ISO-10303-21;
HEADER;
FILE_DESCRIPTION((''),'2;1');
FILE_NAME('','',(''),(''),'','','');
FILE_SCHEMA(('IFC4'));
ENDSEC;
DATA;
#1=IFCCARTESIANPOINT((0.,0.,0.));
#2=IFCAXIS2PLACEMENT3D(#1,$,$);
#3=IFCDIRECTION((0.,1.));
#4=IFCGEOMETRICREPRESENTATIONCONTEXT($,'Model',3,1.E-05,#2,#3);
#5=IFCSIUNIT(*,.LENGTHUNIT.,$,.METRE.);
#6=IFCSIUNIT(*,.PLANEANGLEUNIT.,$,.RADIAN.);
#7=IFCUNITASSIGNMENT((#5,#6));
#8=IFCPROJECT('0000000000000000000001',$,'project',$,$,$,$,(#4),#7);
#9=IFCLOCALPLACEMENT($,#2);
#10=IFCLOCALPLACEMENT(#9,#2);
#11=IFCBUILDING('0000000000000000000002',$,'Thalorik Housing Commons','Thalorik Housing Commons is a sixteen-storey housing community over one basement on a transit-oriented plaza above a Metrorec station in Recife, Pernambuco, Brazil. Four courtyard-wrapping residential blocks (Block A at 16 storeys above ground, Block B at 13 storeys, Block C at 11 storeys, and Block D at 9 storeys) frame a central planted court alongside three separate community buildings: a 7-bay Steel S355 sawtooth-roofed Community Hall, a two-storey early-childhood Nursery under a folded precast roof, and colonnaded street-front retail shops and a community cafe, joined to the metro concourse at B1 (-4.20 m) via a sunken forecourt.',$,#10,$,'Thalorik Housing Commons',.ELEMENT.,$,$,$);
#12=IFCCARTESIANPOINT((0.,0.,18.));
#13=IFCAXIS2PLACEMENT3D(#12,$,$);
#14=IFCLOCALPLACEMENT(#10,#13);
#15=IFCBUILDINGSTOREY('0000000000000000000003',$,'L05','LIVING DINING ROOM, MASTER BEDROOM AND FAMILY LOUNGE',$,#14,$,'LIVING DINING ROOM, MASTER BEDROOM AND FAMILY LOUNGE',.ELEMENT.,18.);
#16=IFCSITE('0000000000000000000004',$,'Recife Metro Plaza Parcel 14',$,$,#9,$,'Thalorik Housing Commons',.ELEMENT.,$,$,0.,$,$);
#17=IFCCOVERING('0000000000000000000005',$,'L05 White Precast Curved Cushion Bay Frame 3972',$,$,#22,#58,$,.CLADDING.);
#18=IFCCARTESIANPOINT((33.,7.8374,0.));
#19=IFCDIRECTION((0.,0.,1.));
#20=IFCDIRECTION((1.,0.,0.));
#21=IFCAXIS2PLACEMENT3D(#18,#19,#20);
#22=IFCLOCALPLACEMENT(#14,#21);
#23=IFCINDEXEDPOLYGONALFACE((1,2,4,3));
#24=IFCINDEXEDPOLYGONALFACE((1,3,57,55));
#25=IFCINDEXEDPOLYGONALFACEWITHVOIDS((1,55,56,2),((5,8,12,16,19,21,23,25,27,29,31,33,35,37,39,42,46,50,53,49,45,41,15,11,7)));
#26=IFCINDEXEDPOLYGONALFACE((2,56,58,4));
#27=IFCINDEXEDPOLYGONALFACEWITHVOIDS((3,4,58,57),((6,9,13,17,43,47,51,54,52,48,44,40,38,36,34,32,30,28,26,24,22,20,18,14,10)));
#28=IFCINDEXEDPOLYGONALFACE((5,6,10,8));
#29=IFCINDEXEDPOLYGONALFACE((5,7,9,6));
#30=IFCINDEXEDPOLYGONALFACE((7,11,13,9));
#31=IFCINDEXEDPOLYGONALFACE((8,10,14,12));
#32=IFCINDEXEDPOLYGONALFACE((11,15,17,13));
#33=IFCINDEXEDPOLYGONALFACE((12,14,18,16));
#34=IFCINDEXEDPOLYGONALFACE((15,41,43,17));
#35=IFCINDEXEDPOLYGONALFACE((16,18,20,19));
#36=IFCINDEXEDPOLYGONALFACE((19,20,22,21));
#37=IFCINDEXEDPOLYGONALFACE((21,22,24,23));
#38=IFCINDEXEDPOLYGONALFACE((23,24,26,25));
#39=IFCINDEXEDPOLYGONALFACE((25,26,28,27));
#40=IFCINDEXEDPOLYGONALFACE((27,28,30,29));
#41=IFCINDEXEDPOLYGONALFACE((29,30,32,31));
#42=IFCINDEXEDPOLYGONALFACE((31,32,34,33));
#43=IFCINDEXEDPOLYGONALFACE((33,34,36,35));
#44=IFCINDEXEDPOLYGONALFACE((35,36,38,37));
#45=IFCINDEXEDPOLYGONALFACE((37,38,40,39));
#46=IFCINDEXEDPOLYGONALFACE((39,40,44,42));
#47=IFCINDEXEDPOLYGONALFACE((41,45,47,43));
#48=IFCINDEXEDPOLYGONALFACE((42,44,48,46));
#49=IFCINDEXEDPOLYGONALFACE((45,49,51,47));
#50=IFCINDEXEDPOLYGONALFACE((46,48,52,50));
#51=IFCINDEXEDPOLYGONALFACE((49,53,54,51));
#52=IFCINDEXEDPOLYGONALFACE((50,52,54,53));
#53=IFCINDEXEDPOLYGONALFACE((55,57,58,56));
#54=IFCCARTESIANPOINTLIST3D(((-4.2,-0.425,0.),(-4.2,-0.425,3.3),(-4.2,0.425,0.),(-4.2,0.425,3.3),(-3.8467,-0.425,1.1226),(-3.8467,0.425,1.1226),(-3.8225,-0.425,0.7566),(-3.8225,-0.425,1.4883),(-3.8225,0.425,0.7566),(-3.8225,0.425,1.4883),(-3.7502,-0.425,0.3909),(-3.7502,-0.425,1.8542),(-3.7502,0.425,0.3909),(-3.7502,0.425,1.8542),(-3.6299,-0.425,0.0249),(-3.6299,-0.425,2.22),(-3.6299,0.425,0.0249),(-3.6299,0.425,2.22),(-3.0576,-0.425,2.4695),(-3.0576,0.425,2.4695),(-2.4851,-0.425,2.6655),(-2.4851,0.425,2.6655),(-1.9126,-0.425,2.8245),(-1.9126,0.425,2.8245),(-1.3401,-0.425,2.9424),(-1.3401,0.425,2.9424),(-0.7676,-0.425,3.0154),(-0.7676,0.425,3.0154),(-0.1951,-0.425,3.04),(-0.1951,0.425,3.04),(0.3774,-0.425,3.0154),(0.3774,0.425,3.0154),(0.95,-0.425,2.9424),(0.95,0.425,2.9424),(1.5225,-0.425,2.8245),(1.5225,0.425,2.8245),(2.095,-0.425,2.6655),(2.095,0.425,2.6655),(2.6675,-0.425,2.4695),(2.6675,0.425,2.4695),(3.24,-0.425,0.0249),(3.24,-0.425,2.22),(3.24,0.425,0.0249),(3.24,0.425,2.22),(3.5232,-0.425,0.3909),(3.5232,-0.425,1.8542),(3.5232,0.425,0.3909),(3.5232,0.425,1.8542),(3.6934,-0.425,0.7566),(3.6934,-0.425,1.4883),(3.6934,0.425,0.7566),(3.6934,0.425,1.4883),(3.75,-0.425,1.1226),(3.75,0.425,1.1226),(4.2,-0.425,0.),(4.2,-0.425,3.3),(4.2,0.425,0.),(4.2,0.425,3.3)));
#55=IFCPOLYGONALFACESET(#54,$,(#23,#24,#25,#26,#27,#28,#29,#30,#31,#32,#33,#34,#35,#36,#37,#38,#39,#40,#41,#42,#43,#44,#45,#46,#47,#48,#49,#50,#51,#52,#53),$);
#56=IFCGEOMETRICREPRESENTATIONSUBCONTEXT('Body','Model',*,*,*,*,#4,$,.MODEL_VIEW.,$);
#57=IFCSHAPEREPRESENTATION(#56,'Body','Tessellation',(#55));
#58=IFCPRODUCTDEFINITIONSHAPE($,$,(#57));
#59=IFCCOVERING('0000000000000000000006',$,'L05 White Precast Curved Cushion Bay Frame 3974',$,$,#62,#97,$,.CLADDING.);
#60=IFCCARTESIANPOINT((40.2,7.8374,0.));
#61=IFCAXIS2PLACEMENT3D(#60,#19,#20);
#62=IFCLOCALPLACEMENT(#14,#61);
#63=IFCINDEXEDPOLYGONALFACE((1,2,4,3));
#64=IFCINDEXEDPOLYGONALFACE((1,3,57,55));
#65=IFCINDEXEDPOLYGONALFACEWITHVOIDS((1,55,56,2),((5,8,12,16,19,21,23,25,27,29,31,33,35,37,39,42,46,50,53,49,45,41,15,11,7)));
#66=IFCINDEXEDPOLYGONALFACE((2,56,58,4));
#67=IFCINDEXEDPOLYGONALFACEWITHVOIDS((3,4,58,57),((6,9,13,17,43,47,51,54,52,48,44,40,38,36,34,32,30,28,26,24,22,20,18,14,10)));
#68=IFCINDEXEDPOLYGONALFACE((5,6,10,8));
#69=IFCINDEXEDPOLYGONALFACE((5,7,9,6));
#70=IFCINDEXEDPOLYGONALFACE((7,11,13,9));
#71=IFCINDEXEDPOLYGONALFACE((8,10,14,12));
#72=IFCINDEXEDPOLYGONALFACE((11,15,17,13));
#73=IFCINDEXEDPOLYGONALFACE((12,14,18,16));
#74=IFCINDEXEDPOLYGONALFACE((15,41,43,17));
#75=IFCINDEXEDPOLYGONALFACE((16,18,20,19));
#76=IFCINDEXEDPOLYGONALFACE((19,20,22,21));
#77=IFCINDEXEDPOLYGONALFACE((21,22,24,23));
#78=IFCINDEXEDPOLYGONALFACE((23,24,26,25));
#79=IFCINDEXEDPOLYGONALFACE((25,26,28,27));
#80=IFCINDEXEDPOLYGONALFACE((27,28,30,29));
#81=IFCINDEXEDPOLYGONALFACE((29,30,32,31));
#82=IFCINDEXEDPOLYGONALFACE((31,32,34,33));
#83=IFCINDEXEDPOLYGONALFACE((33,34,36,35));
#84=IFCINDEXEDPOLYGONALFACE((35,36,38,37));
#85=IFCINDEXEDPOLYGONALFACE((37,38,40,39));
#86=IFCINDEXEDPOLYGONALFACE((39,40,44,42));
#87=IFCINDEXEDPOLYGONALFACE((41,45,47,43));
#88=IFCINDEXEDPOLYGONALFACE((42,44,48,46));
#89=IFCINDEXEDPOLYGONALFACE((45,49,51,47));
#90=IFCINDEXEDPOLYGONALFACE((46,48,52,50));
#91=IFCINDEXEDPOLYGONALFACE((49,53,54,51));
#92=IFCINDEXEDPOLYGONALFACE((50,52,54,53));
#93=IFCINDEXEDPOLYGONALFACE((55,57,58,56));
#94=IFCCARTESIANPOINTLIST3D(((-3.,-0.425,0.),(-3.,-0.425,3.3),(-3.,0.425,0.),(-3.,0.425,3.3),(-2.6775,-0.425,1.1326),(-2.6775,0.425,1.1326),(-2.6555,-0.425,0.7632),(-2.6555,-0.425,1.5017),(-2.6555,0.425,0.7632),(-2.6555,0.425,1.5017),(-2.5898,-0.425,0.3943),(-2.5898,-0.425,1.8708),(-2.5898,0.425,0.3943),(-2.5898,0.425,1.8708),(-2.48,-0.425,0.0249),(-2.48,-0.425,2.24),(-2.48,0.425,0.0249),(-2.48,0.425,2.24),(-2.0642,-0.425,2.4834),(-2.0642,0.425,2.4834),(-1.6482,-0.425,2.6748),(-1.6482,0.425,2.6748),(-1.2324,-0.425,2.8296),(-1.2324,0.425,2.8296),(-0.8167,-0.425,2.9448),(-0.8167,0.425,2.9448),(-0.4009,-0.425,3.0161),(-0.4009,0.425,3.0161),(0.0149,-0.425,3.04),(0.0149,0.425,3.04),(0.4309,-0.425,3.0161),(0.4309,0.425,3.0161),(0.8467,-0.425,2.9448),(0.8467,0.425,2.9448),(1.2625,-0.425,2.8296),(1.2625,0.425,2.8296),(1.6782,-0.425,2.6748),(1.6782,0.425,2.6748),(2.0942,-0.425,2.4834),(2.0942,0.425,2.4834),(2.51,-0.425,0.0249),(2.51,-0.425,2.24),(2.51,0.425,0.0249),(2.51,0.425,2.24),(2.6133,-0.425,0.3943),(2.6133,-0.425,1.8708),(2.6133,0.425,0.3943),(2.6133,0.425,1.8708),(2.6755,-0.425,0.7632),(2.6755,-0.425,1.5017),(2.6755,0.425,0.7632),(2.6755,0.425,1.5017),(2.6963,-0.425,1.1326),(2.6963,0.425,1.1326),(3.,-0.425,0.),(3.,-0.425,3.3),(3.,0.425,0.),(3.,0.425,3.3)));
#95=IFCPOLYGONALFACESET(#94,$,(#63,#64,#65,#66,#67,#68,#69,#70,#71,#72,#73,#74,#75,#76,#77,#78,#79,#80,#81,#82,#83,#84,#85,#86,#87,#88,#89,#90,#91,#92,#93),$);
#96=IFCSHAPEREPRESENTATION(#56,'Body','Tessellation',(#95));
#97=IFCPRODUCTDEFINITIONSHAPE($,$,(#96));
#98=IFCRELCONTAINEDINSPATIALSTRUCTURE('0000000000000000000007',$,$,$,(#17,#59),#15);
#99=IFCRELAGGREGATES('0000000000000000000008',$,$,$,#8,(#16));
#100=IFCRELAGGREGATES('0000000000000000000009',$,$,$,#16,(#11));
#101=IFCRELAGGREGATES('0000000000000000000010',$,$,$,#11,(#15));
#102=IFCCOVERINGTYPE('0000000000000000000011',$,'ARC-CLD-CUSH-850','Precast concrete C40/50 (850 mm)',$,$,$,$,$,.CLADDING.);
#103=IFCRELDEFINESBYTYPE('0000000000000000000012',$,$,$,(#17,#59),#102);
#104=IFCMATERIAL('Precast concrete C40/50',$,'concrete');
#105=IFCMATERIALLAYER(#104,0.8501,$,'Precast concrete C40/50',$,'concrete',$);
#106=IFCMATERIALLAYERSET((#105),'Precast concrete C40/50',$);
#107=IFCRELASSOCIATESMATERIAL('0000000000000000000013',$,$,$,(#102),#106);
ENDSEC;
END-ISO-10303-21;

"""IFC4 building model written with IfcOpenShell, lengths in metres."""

from ifc_helpers import new_model, si_unit, direction, frame, origin, place, context, subcontext, project, spatial, polyline, outline, extrude, material, layer, layer_set, type_object, element, save


model = new_model("IFC4")

# Units and contexts
model_context = context("Model", 3, precision=1e-05, world=origin(), true_north=direction((0.0, 1.0)))
body_context = subcontext(model_context, "Body", "Model", "MODEL_VIEW")
ifc_project = project(units=[si_unit("LENGTHUNIT", "METRE"), si_unit("PLANEANGLEUNIT", "RADIAN")], contexts=[model_context])

# Site, building, storey
site_placement = place(None, origin())
site = spatial("IfcSite", under=ifc_project, at=site_placement, Name="Recife Metro Plaza Parcel 14", LongName="Thalorik Housing Commons", CompositionType="ELEMENT", RefElevation=0.0)
building_placement = place(site_placement, origin())
building = spatial("IfcBuilding", under=site, at=building_placement, Name="Thalorik Housing Commons", Description="Thalorik Housing Commons is a sixteen-storey housing community over one basement on a transit-oriented plaza above a Metrorec station in Recife, Pernambuco, Brazil. Four courtyard-wrapping residential blocks (Block A at 16 storeys above ground, Block B at 13 storeys, Block C at 11 storeys, and Block D at 9 storeys) frame a central planted court alongside three separate community buildings: a 7-bay Steel S355 sawtooth-roofed Community Hall, a two-storey early-childhood Nursery under a folded precast roof, and colonnaded street-front retail shops and a community cafe, joined to the metro concourse at B1 (-4.20 m) via a sunken forecourt.", LongName="Thalorik Housing Commons", CompositionType="ELEMENT")
storey_placement = place(building_placement, frame((0.0, 0.0, 18.0)))
storey = spatial("IfcBuildingStorey", under=building, at=storey_placement, Name="L05", Description="LIVING DINING ROOM, MASTER BEDROOM AND FAMILY LOUNGE", LongName="LIVING DINING ROOM, MASTER BEDROOM AND FAMILY LOUNGE", CompositionType="ELEMENT", Elevation=18.0)

# Shared definitions
ifc_material_1 = material(Name="Precast concrete C40/50", Category="concrete")

# Coverings
ifc_layer_1 = layer(ifc_material_1, 0.8501, Name="Precast concrete C40/50", Category="concrete")
ifc_layer_set_1 = layer_set([ifc_layer_1], Name="Precast concrete C40/50")
covering_type_1 = type_object("IfcCoveringType", Name="ARC-CLD-CUSH-850", Description="Precast concrete C40/50 (850 mm)", PredefinedType="CLADDING", material=ifc_layer_set_1)
covering_1_placement = place(storey_placement, frame((33.0, 7.8374, 0.0), z_axis=(0.0, 0.0, 1.0), x_axis=(1.0, 0.0, 0.0)))
element("IfcCovering", 1, at=covering_1_placement, inside=storey, type_object=covering_type_1, Name="L05 White Precast Curved Cushion Bay Frame 3972", PredefinedType="CLADDING", context=body_context, shape_type="SweptSolid", body=[
    extrude(outline(polyline([(-4.2, 0.0), (4.2, 0.0), (4.2, 3.3), (-4.2, 3.3), (-4.2, 0.0)]), holes=[polyline([(3.24, 0.0249), (3.5232, 0.3909), (3.6934, 0.7566), (3.75, 1.1226), (3.6934, 1.4883), (3.5232, 1.8542), (3.24, 2.22), (2.6675, 2.4695), (2.095, 2.6655), (1.5225, 2.8245), (0.95, 2.9424), (0.3774, 3.0154), (-0.1951, 3.04), (-0.7676, 3.0154), (-1.3401, 2.9424), (-1.9126, 2.8245), (-2.4851, 2.6655), (-3.0576, 2.4695), (-3.6299, 2.22), (-3.7502, 1.8542), (-3.8225, 1.4883), (-3.8467, 1.1226), (-3.8225, 0.7566), (-3.7502, 0.3909), (-3.6299, 0.0249), (3.24, 0.0249)])]), frame((0.0, 0.425, 0.0), z_axis=(0.0, -1.0, 0.0), x_axis=(1.0, 0.0, 0.0)), (0.0, 0.0, 1.0), 0.8501),
])
covering_2_placement = place(storey_placement, frame((40.2, 7.8374, 0.0), z_axis=(0.0, 0.0, 1.0), x_axis=(1.0, 0.0, 0.0)))
element("IfcCovering", 2, at=covering_2_placement, inside=storey, type_object=covering_type_1, Name="L05 White Precast Curved Cushion Bay Frame 3974", PredefinedType="CLADDING", context=body_context, shape_type="SweptSolid", body=[
    extrude(outline(polyline([(-3.0, 0.0), (3.0, 0.0), (3.0, 3.3), (-3.0, 3.3), (-3.0, 0.0)]), holes=[polyline([(2.51, 0.0249), (2.6133, 0.3943), (2.6755, 0.7632), (2.6963, 1.1326), (2.6755, 1.5017), (2.6133, 1.8708), (2.51, 2.24), (2.0942, 2.4834), (1.6782, 2.6748), (1.2625, 2.8296), (0.8467, 2.9448), (0.4309, 3.0161), (0.0149, 3.04), (-0.4009, 3.0161), (-0.8167, 2.9448), (-1.2324, 2.8296), (-1.6482, 2.6748), (-2.0642, 2.4834), (-2.48, 2.24), (-2.5898, 1.8708), (-2.6555, 1.5017), (-2.6775, 1.1326), (-2.6555, 0.7632), (-2.5898, 0.3943), (-2.48, 0.0249), (2.51, 0.0249)])]), frame((0.0, 0.425, 0.0), z_axis=(0.0, -1.0, 0.0), x_axis=(1.0, 0.0, 0.0)), (0.0, 0.0, 1.0), 0.8501),
])

save(model, "model.ifc")
